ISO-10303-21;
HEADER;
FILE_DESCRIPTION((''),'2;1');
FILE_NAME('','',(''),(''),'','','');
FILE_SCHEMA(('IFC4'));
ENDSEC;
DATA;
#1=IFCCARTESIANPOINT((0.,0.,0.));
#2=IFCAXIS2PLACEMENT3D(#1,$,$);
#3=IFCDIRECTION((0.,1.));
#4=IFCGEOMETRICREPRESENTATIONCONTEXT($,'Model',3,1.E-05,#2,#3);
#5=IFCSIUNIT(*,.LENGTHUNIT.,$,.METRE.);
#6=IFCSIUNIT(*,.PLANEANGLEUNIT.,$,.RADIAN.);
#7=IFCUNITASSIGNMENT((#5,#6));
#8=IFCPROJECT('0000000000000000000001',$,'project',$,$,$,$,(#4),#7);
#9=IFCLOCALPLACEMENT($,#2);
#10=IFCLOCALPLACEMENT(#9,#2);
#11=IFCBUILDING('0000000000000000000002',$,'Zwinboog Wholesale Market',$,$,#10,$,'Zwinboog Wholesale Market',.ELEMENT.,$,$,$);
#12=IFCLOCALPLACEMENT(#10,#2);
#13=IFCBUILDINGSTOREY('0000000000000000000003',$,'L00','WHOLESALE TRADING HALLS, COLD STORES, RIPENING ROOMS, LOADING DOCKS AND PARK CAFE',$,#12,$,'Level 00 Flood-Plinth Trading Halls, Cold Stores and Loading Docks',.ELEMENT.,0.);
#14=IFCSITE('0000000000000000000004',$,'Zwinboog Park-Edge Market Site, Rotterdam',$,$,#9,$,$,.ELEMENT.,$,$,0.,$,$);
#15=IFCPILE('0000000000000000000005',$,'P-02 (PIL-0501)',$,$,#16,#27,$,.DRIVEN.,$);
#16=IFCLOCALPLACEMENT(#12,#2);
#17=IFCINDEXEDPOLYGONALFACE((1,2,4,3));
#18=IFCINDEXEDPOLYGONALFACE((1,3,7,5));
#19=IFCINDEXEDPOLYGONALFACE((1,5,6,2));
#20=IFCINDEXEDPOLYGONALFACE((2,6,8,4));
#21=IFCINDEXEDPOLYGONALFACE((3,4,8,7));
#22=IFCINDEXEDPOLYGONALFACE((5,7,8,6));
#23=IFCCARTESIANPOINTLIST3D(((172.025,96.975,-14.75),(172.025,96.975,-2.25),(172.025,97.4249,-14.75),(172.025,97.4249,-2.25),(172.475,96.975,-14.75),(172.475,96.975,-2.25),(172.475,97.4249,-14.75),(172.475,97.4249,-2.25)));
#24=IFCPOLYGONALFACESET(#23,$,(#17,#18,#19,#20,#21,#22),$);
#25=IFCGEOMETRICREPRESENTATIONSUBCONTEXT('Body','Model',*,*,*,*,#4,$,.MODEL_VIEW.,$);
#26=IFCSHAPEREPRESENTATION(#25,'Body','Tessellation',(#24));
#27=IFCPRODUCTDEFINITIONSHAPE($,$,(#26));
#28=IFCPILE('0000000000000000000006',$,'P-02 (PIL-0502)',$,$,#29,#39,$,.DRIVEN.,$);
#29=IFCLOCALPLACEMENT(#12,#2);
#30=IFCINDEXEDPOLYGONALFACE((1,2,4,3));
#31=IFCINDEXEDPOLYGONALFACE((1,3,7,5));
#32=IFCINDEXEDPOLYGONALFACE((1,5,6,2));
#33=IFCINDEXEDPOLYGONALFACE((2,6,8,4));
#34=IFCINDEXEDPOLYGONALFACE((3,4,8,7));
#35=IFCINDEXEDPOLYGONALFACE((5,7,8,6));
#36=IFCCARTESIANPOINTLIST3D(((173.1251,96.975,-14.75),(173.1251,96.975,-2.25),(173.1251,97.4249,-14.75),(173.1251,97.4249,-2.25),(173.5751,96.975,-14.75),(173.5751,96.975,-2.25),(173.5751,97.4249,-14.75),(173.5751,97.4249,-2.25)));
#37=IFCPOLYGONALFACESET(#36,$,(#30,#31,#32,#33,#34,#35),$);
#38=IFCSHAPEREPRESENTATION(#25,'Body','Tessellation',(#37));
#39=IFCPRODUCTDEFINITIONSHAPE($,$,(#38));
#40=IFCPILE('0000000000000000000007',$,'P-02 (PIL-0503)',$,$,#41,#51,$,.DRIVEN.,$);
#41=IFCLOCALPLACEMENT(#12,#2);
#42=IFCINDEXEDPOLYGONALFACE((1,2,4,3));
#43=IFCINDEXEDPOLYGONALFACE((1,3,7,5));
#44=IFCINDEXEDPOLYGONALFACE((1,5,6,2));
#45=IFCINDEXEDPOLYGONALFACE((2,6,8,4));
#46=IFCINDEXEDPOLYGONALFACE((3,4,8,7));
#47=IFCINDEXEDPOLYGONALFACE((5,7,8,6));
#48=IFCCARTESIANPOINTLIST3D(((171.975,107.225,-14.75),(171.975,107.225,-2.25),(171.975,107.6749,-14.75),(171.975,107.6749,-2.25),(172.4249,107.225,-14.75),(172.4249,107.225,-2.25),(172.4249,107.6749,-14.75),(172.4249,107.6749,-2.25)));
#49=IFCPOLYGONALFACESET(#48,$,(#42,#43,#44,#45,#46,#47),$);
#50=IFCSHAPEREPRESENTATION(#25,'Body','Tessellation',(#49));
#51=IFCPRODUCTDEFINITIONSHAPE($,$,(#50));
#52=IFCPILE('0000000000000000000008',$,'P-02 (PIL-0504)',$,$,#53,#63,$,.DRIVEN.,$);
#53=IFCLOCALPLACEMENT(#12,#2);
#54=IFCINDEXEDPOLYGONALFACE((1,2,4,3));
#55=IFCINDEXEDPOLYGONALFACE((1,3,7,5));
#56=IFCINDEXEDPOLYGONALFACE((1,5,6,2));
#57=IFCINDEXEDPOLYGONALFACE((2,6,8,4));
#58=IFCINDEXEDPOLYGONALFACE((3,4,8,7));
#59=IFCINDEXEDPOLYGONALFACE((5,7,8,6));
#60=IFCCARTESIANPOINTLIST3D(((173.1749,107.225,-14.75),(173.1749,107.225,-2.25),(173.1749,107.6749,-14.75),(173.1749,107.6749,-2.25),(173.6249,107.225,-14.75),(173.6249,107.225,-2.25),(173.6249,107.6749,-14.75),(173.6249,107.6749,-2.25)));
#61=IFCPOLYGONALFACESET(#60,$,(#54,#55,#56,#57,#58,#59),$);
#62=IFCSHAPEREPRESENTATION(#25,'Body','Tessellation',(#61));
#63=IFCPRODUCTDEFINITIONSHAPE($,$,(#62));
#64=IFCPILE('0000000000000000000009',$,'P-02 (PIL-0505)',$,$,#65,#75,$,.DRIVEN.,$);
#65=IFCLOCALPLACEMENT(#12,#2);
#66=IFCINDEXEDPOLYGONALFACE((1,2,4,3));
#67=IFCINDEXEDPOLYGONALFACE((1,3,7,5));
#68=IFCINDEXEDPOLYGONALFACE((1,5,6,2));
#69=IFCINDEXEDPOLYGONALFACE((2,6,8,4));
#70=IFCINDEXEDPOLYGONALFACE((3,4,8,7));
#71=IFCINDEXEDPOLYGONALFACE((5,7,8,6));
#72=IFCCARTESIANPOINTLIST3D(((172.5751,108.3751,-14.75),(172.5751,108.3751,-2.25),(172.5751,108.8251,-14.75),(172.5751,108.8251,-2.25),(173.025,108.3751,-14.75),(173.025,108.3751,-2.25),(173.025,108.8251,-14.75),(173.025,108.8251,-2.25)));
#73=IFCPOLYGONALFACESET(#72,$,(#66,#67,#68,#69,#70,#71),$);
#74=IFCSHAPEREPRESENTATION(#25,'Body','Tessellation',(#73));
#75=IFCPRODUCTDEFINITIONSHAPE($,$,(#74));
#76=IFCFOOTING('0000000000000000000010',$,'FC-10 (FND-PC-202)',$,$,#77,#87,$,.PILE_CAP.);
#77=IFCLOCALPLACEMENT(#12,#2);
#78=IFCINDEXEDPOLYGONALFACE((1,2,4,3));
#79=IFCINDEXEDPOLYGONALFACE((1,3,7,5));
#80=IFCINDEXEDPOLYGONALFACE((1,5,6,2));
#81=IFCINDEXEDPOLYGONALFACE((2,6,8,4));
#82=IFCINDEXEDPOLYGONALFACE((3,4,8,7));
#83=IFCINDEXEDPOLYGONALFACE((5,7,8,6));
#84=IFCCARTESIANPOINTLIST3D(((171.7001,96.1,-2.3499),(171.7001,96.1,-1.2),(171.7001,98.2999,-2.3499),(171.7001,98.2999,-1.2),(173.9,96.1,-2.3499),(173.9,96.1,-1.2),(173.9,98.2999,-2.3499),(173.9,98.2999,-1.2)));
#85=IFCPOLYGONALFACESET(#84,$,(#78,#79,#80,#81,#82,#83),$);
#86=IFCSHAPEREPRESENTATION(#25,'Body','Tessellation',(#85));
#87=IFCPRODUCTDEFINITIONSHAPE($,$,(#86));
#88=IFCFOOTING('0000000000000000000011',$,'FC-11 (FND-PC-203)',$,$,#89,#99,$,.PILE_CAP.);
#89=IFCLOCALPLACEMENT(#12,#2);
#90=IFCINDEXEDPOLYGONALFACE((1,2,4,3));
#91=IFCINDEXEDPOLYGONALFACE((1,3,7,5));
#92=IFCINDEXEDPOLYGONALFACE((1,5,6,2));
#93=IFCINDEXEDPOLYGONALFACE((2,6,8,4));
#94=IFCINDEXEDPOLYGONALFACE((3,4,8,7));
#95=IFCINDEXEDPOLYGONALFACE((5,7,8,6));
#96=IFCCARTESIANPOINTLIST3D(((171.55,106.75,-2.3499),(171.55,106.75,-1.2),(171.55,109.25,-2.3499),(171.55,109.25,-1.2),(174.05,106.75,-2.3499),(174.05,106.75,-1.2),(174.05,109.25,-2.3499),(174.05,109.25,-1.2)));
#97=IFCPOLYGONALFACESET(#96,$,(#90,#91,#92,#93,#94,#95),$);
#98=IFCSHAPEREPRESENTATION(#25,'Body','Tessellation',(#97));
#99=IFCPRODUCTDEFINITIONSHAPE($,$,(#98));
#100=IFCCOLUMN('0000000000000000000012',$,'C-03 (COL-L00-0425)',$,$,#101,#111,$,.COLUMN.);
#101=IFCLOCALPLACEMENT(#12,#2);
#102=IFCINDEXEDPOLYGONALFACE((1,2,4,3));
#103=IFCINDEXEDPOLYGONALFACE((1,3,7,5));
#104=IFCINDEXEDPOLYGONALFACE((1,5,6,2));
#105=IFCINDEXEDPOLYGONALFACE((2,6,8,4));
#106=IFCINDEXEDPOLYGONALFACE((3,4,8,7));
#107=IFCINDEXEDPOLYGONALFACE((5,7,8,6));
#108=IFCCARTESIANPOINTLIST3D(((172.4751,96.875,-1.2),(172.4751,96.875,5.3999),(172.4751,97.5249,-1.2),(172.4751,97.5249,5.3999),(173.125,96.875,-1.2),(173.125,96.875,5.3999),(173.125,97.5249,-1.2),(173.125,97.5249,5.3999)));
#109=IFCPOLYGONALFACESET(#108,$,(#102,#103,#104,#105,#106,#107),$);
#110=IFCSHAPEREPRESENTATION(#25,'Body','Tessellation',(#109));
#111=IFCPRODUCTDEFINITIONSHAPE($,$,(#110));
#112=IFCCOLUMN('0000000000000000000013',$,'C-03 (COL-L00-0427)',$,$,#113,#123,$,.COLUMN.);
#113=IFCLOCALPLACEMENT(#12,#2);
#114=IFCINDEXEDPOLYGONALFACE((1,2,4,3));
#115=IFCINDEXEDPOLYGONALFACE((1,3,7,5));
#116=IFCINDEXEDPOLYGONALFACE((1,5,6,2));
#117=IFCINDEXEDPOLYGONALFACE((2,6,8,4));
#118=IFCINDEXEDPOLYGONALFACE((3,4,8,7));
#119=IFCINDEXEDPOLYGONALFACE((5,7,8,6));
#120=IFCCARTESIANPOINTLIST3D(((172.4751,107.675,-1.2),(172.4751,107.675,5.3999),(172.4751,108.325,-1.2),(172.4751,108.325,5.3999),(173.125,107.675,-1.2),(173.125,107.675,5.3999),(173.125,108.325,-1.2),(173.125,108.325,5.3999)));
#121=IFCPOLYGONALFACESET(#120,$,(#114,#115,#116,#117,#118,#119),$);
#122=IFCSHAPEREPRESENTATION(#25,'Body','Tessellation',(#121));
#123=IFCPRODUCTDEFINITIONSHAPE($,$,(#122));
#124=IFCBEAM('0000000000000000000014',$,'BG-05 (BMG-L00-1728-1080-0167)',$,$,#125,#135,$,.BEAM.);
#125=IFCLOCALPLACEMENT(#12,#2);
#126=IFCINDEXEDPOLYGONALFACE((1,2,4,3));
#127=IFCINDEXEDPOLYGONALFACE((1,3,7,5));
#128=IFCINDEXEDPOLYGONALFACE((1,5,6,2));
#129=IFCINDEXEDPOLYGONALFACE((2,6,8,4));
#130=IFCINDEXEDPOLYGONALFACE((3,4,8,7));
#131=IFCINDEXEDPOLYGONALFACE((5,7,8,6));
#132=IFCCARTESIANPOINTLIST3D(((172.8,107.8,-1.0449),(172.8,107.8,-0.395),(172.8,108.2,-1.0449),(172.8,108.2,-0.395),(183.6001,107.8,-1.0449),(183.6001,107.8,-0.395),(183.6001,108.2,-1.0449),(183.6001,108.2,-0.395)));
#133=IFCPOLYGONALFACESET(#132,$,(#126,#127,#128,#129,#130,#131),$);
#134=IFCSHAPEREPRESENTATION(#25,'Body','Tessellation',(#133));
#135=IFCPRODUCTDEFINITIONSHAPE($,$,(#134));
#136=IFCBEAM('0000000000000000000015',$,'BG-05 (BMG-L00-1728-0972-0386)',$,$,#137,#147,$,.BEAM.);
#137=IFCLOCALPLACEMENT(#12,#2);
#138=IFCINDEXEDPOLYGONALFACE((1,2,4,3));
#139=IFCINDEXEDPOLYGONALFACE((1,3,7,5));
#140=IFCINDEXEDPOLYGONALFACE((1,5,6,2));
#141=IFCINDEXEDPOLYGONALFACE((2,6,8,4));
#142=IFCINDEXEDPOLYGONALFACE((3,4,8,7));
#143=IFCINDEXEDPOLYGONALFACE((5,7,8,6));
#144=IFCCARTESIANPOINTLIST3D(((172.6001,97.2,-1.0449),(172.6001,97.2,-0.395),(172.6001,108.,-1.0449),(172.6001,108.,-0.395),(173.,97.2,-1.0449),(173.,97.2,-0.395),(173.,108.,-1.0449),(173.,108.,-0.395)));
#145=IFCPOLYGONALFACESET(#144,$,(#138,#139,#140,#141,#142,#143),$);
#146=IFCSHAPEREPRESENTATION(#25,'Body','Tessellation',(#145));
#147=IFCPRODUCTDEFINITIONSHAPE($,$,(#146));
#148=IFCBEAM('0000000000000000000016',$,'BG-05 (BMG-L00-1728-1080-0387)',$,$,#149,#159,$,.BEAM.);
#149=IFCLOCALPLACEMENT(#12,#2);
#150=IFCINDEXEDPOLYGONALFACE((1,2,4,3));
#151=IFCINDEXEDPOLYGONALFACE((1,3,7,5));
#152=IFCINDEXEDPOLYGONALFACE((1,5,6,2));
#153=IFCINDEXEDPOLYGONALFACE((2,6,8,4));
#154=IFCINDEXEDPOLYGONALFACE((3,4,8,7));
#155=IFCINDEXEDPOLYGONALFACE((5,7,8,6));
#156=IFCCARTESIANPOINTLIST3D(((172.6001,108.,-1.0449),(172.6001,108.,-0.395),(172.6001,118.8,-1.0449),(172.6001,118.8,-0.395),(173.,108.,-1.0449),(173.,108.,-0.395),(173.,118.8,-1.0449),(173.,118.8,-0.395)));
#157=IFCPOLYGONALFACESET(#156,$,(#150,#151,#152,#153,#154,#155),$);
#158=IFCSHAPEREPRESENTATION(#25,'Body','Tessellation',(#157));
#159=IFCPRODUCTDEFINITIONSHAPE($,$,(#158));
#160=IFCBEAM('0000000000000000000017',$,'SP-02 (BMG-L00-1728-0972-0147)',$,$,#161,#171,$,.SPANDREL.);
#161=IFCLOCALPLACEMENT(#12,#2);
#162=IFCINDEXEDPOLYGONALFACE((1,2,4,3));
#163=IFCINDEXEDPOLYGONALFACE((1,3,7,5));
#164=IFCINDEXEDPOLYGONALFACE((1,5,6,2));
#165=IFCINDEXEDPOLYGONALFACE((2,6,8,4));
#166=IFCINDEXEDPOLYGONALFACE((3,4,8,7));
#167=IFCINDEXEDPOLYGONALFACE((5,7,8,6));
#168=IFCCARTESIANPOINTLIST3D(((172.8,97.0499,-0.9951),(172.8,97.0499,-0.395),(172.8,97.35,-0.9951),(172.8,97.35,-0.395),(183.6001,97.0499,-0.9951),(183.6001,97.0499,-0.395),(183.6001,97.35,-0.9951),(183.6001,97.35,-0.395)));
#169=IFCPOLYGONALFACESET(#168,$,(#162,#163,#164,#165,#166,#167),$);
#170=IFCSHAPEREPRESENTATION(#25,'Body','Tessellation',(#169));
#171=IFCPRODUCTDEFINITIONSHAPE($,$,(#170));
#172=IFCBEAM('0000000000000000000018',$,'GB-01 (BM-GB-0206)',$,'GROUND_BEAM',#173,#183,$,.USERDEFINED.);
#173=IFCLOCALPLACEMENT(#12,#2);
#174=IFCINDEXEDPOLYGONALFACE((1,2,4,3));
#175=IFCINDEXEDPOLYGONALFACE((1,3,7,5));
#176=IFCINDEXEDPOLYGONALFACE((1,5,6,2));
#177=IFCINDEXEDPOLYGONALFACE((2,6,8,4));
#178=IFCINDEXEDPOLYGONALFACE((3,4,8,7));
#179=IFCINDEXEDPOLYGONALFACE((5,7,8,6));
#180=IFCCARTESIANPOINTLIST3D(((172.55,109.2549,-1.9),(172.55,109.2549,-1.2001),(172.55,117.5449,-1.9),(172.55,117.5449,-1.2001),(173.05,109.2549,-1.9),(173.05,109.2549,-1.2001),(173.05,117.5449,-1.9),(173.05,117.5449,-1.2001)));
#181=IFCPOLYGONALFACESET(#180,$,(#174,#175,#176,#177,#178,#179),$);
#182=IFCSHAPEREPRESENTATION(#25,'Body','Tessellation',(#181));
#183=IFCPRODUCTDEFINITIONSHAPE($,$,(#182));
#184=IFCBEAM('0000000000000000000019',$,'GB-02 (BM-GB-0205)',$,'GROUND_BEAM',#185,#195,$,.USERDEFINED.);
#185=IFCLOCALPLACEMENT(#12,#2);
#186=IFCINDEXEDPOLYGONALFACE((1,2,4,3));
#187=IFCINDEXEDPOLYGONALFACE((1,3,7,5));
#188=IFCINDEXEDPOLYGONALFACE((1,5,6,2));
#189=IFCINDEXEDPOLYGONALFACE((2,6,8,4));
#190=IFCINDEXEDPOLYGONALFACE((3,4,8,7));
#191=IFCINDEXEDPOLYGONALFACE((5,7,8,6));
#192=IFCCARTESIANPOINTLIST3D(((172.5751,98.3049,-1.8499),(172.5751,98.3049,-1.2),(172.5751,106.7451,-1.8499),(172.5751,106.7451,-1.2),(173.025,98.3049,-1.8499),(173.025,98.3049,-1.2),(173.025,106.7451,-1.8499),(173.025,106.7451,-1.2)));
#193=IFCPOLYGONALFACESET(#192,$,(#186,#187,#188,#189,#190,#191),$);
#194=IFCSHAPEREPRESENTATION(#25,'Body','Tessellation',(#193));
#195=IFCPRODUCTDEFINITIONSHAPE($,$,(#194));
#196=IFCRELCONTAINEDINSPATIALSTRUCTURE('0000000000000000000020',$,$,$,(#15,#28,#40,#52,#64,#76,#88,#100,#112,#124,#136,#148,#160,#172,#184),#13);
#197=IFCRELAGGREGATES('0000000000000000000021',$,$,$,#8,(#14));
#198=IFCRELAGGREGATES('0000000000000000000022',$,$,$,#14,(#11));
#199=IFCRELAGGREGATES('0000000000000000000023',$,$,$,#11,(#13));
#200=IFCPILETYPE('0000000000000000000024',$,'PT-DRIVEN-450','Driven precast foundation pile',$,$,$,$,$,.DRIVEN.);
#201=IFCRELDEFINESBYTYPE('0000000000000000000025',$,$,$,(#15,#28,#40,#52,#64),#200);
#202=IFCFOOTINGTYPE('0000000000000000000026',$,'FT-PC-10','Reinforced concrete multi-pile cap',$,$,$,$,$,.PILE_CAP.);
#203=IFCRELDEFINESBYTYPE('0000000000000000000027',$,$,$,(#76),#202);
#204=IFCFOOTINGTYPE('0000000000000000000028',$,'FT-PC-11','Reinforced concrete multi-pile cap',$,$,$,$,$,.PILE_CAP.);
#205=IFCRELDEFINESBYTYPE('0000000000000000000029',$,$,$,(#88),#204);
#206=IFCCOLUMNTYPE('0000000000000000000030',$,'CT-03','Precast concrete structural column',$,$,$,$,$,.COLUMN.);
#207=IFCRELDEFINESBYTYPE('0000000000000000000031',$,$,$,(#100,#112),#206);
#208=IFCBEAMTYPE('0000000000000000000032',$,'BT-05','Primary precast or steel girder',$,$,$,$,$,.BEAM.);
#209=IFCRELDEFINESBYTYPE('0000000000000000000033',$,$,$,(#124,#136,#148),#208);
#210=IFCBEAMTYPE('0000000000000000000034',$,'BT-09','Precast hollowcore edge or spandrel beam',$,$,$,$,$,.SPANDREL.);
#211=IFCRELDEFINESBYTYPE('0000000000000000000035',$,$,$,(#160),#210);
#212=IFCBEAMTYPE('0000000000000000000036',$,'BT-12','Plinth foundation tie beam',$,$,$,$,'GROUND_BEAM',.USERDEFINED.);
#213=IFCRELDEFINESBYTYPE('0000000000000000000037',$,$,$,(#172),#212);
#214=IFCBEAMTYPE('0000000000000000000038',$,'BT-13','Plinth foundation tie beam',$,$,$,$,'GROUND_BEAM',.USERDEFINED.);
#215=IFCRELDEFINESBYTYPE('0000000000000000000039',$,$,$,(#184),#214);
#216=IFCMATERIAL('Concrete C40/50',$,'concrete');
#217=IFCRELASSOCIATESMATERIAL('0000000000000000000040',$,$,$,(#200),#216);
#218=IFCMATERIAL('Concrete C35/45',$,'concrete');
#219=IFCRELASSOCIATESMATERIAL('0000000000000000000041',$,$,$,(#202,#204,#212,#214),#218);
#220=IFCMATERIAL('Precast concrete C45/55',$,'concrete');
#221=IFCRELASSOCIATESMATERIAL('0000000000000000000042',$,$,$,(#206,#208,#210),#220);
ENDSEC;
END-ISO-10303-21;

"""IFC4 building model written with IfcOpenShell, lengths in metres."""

from ifc_helpers import new_model, si_unit, direction, frame, origin, origin_2d, place, context, subcontext, project, spatial, rectangle, extrude, material, material_profile, profile_set, type_object, element, save


model = new_model("IFC4")

# Units and contexts
model_context = context("Model", 3, precision=1e-05, world=origin(), true_north=direction((0.0, 1.0)))
body_context = subcontext(model_context, "Body", "Model", "MODEL_VIEW")
ifc_project = project(units=[si_unit("LENGTHUNIT", "METRE"), si_unit("PLANEANGLEUNIT", "RADIAN")], contexts=[model_context])

# Site, building, storey
site_placement = place(None, origin())
site = spatial("IfcSite", under=ifc_project, at=site_placement, Name="Zwinboog Park-Edge Market Site, Rotterdam", CompositionType="ELEMENT", RefElevation=0.0)
building_placement = place(site_placement, origin())
building = spatial("IfcBuilding", under=site, at=building_placement, Name="Zwinboog Wholesale Market", LongName="Zwinboog Wholesale Market", CompositionType="ELEMENT")
storey_placement = place(building_placement, origin())
storey = spatial("IfcBuildingStorey", under=building, at=storey_placement, Name="L00", Description="WHOLESALE TRADING HALLS, COLD STORES, RIPENING ROOMS, LOADING DOCKS AND PARK CAFE", LongName="Level 00 Flood-Plinth Trading Halls, Cold Stores and Loading Docks", CompositionType="ELEMENT", Elevation=0.0)

# Piles
ifc_material_1 = material(Name="Concrete C40/50", Category="concrete")
ifc_material_profile_1 = material_profile(ifc_material_1, rectangle(XDim=0.45, YDim=0.45, at=origin_2d()), Name="PILE SQ450")
ifc_profile_set_1 = profile_set([ifc_material_profile_1], Name="Concrete C40/50")
pile_type = type_object("IfcPileType", Name="PT-DRIVEN-450", Description="Driven precast foundation pile", PredefinedType="DRIVEN", material=ifc_profile_set_1)
for number, where, z_axis, x_axis, name in (
    (1, (172.25, 97.2, -2.25), (0.0, 0.0, -1.0), (1.0, 0.0, 0.0), "P-02 (PIL-0501)"),
    (2, (173.3501, 97.2, -2.25), (0.0, 0.0, -1.0), (1.0, 0.0, 0.0), "P-02 (PIL-0502)"),
    (3, (172.2, 107.45, -2.25), (0.0, 0.0, -1.0), (1.0, 0.0, 0.0), "P-02 (PIL-0503)"),
    (4, (173.3999, 107.45, -2.25), (0.0, 0.0, -1.0), (1.0, 0.0, 0.0), "P-02 (PIL-0504)"),
    (5, (172.8, 108.6001, -2.25), (0.0, 0.0, -1.0), (1.0, 0.0, 0.0), "P-02 (PIL-0505)"),
):
    element("IfcPile", number, at=place(storey_placement, frame(where, z_axis=z_axis, x_axis=x_axis)), inside=storey, type_object=pile_type, Name=name, PredefinedType="DRIVEN", context=body_context, shape_type="SweptSolid", body=[
        extrude(rectangle(XDim=0.45, YDim=0.45, at=origin_2d()), origin(), (0.0, 0.0, 1.0), 12.5),
    ])

# Footings
ifc_material_2 = material(Name="Concrete C35/45", Category="concrete")
footing_type_1 = type_object("IfcFootingType", Name="FT-PC-10", Description="Reinforced concrete multi-pile cap", PredefinedType="PILE_CAP", material=ifc_material_2)
footing_1_placement = place(storey_placement, frame((172.8, 97.2, -2.3499), z_axis=(0.0, 0.0, 1.0), x_axis=(1.0, 0.0, 0.0)))
element("IfcFooting", 6, at=footing_1_placement, inside=storey, type_object=footing_type_1, Name="FC-10 (FND-PC-202)", PredefinedType="PILE_CAP", context=body_context, shape_type="SweptSolid", body=[
    extrude(rectangle(XDim=2.2, YDim=2.2, at=origin_2d()), origin(), (0.0, 0.0, 1.0), 1.1499),
])
footing_type_2 = type_object("IfcFootingType", Name="FT-PC-11", Description="Reinforced concrete multi-pile cap", PredefinedType="PILE_CAP", material=ifc_material_2)
footing_2_placement = place(storey_placement, frame((172.8, 108.0, -2.3499), z_axis=(0.0, 0.0, 1.0), x_axis=(1.0, 0.0, 0.0)))
element("IfcFooting", 7, at=footing_2_placement, inside=storey, type_object=footing_type_2, Name="FC-11 (FND-PC-203)", PredefinedType="PILE_CAP", context=body_context, shape_type="SweptSolid", body=[
    extrude(rectangle(XDim=2.5, YDim=2.5, at=origin_2d()), origin(), (0.0, 0.0, 1.0), 1.1499),
])

# Columns
ifc_material_3 = material(Name="Precast concrete C45/55", Category="concrete")
ifc_material_profile_2 = material_profile(ifc_material_3, rectangle(XDim=0.6499, YDim=0.6499, at=origin_2d()), Name="PC 650x650")
ifc_profile_set_2 = profile_set([ifc_material_profile_2], Name="Precast concrete C45/55")
column_type = type_object("IfcColumnType", Name="CT-03", Description="Precast concrete structural column", PredefinedType="COLUMN", material=ifc_profile_set_2)
for number, where, z_axis, x_axis, name in (
    (8, (172.8, 97.2, -1.2), (0.0, 0.0, 1.0), (1.0, 0.0, 0.0), "C-03 (COL-L00-0425)"),
    (9, (172.8, 108.0, -1.2), (0.0, 0.0, 1.0), (1.0, 0.0, 0.0), "C-03 (COL-L00-0427)"),
):
    element("IfcColumn", number, at=place(storey_placement, frame(where, z_axis=z_axis, x_axis=x_axis)), inside=storey, type_object=column_type, Name=name, PredefinedType="COLUMN", context=body_context, shape_type="SweptSolid", body=[
        extrude(rectangle(XDim=0.6499, YDim=0.6499, at=origin_2d()), origin(), (0.0, 0.0, 1.0), 6.5999),
    ])

# Beams
ifc_material_profile_3 = material_profile(ifc_material_3, rectangle(XDim=0.3999, YDim=0.6499, at=origin_2d()), Name="PC 400x650")
ifc_profile_set_3 = profile_set([ifc_material_profile_3], Name="Precast concrete C45/55")
beam_type_1 = type_object("IfcBeamType", Name="BT-05", Description="Primary precast or steel girder", PredefinedType="BEAM", material=ifc_profile_set_3)
for number, where, z_axis, x_axis, name in (
    (10, (172.8, 108.0, -0.72), (1.0, 0.0, 0.0), (0.0, 1.0, 0.0), "BG-05 (BMG-L00-1728-1080-0167)"),
    (11, (172.8, 97.2, -0.72), (0.0, 1.0, 0.0), (-1.0, 0.0, 0.0), "BG-05 (BMG-L00-1728-0972-0386)"),
    (12, (172.8, 108.0, -0.72), (0.0, 1.0, 0.0), (-1.0, 0.0, 0.0), "BG-05 (BMG-L00-1728-1080-0387)"),
):
    element("IfcBeam", number, at=place(storey_placement, frame(where, z_axis=z_axis, x_axis=x_axis)), inside=storey, type_object=beam_type_1, Name=name, PredefinedType="BEAM", context=body_context, shape_type="SweptSolid", body=[
        extrude(rectangle(XDim=0.3999, YDim=0.6499, at=origin_2d()), origin(), (0.0, 0.0, 1.0), 10.8),
    ])
ifc_material_profile_4 = material_profile(ifc_material_3, rectangle(XDim=0.3, YDim=0.6001, at=origin_2d()), Name="PC 300x600")
ifc_profile_set_4 = profile_set([ifc_material_profile_4], Name="Precast concrete C45/55")
beam_type_2 = type_object("IfcBeamType", Name="BT-09", Description="Precast hollowcore edge or spandrel beam", PredefinedType="SPANDREL", material=ifc_profile_set_4)
beam_1_placement = place(storey_placement, frame((172.8, 97.2, -0.6951), z_axis=(1.0, 0.0, 0.0), x_axis=(0.0, 1.0, 0.0)))
element("IfcBeam", 13, at=beam_1_placement, inside=storey, type_object=beam_type_2, Name="SP-02 (BMG-L00-1728-0972-0147)", PredefinedType="SPANDREL", context=body_context, shape_type="SweptSolid", body=[
    extrude(rectangle(XDim=0.3, YDim=0.6001, at=origin_2d()), origin(), (0.0, 0.0, 1.0), 10.8),
])
ifc_material_profile_5 = material_profile(ifc_material_2, rectangle(XDim=0.5, YDim=0.7, at=origin_2d()), Name="RC 500x700")
ifc_profile_set_5 = profile_set([ifc_material_profile_5], Name="Concrete C35/45")
beam_type_3 = type_object("IfcBeamType", Name="BT-12", Description="Plinth foundation tie beam", ElementType="GROUND_BEAM", PredefinedType="USERDEFINED", material=ifc_profile_set_5)
beam_2_placement = place(storey_placement, frame((172.8, 109.2549, -1.55), z_axis=(0.0, 1.0, 0.0), x_axis=(-1.0, 0.0, 0.0)))
element("IfcBeam", 14, at=beam_2_placement, inside=storey, type_object=beam_type_3, Name="GB-01 (BM-GB-0206)", ObjectType="GROUND_BEAM", PredefinedType="USERDEFINED", context=body_context, shape_type="SweptSolid", body=[
    extrude(rectangle(XDim=0.5, YDim=0.7, at=origin_2d()), origin(), (0.0, 0.0, 1.0), 8.29),
])
ifc_material_profile_6 = material_profile(ifc_material_2, rectangle(XDim=0.45, YDim=0.6499, at=origin_2d()), Name="RC 450x650")
ifc_profile_set_6 = profile_set([ifc_material_profile_6], Name="Concrete C35/45")
beam_type_4 = type_object("IfcBeamType", Name="BT-13", Description="Plinth foundation tie beam", ElementType="GROUND_BEAM", PredefinedType="USERDEFINED", material=ifc_profile_set_6)
beam_3_placement = place(storey_placement, frame((172.8, 98.3049, -1.5249), z_axis=(0.0, 1.0, 0.0), x_axis=(-1.0, 0.0, 0.0)))
element("IfcBeam", 15, at=beam_3_placement, inside=storey, type_object=beam_type_4, Name="GB-02 (BM-GB-0205)", ObjectType="GROUND_BEAM", PredefinedType="USERDEFINED", context=body_context, shape_type="SweptSolid", body=[
    extrude(rectangle(XDim=0.45, YDim=0.6499, at=origin_2d()), origin(), (0.0, 0.0, 1.0), 8.4402),
])

save(model, "model.ifc")
